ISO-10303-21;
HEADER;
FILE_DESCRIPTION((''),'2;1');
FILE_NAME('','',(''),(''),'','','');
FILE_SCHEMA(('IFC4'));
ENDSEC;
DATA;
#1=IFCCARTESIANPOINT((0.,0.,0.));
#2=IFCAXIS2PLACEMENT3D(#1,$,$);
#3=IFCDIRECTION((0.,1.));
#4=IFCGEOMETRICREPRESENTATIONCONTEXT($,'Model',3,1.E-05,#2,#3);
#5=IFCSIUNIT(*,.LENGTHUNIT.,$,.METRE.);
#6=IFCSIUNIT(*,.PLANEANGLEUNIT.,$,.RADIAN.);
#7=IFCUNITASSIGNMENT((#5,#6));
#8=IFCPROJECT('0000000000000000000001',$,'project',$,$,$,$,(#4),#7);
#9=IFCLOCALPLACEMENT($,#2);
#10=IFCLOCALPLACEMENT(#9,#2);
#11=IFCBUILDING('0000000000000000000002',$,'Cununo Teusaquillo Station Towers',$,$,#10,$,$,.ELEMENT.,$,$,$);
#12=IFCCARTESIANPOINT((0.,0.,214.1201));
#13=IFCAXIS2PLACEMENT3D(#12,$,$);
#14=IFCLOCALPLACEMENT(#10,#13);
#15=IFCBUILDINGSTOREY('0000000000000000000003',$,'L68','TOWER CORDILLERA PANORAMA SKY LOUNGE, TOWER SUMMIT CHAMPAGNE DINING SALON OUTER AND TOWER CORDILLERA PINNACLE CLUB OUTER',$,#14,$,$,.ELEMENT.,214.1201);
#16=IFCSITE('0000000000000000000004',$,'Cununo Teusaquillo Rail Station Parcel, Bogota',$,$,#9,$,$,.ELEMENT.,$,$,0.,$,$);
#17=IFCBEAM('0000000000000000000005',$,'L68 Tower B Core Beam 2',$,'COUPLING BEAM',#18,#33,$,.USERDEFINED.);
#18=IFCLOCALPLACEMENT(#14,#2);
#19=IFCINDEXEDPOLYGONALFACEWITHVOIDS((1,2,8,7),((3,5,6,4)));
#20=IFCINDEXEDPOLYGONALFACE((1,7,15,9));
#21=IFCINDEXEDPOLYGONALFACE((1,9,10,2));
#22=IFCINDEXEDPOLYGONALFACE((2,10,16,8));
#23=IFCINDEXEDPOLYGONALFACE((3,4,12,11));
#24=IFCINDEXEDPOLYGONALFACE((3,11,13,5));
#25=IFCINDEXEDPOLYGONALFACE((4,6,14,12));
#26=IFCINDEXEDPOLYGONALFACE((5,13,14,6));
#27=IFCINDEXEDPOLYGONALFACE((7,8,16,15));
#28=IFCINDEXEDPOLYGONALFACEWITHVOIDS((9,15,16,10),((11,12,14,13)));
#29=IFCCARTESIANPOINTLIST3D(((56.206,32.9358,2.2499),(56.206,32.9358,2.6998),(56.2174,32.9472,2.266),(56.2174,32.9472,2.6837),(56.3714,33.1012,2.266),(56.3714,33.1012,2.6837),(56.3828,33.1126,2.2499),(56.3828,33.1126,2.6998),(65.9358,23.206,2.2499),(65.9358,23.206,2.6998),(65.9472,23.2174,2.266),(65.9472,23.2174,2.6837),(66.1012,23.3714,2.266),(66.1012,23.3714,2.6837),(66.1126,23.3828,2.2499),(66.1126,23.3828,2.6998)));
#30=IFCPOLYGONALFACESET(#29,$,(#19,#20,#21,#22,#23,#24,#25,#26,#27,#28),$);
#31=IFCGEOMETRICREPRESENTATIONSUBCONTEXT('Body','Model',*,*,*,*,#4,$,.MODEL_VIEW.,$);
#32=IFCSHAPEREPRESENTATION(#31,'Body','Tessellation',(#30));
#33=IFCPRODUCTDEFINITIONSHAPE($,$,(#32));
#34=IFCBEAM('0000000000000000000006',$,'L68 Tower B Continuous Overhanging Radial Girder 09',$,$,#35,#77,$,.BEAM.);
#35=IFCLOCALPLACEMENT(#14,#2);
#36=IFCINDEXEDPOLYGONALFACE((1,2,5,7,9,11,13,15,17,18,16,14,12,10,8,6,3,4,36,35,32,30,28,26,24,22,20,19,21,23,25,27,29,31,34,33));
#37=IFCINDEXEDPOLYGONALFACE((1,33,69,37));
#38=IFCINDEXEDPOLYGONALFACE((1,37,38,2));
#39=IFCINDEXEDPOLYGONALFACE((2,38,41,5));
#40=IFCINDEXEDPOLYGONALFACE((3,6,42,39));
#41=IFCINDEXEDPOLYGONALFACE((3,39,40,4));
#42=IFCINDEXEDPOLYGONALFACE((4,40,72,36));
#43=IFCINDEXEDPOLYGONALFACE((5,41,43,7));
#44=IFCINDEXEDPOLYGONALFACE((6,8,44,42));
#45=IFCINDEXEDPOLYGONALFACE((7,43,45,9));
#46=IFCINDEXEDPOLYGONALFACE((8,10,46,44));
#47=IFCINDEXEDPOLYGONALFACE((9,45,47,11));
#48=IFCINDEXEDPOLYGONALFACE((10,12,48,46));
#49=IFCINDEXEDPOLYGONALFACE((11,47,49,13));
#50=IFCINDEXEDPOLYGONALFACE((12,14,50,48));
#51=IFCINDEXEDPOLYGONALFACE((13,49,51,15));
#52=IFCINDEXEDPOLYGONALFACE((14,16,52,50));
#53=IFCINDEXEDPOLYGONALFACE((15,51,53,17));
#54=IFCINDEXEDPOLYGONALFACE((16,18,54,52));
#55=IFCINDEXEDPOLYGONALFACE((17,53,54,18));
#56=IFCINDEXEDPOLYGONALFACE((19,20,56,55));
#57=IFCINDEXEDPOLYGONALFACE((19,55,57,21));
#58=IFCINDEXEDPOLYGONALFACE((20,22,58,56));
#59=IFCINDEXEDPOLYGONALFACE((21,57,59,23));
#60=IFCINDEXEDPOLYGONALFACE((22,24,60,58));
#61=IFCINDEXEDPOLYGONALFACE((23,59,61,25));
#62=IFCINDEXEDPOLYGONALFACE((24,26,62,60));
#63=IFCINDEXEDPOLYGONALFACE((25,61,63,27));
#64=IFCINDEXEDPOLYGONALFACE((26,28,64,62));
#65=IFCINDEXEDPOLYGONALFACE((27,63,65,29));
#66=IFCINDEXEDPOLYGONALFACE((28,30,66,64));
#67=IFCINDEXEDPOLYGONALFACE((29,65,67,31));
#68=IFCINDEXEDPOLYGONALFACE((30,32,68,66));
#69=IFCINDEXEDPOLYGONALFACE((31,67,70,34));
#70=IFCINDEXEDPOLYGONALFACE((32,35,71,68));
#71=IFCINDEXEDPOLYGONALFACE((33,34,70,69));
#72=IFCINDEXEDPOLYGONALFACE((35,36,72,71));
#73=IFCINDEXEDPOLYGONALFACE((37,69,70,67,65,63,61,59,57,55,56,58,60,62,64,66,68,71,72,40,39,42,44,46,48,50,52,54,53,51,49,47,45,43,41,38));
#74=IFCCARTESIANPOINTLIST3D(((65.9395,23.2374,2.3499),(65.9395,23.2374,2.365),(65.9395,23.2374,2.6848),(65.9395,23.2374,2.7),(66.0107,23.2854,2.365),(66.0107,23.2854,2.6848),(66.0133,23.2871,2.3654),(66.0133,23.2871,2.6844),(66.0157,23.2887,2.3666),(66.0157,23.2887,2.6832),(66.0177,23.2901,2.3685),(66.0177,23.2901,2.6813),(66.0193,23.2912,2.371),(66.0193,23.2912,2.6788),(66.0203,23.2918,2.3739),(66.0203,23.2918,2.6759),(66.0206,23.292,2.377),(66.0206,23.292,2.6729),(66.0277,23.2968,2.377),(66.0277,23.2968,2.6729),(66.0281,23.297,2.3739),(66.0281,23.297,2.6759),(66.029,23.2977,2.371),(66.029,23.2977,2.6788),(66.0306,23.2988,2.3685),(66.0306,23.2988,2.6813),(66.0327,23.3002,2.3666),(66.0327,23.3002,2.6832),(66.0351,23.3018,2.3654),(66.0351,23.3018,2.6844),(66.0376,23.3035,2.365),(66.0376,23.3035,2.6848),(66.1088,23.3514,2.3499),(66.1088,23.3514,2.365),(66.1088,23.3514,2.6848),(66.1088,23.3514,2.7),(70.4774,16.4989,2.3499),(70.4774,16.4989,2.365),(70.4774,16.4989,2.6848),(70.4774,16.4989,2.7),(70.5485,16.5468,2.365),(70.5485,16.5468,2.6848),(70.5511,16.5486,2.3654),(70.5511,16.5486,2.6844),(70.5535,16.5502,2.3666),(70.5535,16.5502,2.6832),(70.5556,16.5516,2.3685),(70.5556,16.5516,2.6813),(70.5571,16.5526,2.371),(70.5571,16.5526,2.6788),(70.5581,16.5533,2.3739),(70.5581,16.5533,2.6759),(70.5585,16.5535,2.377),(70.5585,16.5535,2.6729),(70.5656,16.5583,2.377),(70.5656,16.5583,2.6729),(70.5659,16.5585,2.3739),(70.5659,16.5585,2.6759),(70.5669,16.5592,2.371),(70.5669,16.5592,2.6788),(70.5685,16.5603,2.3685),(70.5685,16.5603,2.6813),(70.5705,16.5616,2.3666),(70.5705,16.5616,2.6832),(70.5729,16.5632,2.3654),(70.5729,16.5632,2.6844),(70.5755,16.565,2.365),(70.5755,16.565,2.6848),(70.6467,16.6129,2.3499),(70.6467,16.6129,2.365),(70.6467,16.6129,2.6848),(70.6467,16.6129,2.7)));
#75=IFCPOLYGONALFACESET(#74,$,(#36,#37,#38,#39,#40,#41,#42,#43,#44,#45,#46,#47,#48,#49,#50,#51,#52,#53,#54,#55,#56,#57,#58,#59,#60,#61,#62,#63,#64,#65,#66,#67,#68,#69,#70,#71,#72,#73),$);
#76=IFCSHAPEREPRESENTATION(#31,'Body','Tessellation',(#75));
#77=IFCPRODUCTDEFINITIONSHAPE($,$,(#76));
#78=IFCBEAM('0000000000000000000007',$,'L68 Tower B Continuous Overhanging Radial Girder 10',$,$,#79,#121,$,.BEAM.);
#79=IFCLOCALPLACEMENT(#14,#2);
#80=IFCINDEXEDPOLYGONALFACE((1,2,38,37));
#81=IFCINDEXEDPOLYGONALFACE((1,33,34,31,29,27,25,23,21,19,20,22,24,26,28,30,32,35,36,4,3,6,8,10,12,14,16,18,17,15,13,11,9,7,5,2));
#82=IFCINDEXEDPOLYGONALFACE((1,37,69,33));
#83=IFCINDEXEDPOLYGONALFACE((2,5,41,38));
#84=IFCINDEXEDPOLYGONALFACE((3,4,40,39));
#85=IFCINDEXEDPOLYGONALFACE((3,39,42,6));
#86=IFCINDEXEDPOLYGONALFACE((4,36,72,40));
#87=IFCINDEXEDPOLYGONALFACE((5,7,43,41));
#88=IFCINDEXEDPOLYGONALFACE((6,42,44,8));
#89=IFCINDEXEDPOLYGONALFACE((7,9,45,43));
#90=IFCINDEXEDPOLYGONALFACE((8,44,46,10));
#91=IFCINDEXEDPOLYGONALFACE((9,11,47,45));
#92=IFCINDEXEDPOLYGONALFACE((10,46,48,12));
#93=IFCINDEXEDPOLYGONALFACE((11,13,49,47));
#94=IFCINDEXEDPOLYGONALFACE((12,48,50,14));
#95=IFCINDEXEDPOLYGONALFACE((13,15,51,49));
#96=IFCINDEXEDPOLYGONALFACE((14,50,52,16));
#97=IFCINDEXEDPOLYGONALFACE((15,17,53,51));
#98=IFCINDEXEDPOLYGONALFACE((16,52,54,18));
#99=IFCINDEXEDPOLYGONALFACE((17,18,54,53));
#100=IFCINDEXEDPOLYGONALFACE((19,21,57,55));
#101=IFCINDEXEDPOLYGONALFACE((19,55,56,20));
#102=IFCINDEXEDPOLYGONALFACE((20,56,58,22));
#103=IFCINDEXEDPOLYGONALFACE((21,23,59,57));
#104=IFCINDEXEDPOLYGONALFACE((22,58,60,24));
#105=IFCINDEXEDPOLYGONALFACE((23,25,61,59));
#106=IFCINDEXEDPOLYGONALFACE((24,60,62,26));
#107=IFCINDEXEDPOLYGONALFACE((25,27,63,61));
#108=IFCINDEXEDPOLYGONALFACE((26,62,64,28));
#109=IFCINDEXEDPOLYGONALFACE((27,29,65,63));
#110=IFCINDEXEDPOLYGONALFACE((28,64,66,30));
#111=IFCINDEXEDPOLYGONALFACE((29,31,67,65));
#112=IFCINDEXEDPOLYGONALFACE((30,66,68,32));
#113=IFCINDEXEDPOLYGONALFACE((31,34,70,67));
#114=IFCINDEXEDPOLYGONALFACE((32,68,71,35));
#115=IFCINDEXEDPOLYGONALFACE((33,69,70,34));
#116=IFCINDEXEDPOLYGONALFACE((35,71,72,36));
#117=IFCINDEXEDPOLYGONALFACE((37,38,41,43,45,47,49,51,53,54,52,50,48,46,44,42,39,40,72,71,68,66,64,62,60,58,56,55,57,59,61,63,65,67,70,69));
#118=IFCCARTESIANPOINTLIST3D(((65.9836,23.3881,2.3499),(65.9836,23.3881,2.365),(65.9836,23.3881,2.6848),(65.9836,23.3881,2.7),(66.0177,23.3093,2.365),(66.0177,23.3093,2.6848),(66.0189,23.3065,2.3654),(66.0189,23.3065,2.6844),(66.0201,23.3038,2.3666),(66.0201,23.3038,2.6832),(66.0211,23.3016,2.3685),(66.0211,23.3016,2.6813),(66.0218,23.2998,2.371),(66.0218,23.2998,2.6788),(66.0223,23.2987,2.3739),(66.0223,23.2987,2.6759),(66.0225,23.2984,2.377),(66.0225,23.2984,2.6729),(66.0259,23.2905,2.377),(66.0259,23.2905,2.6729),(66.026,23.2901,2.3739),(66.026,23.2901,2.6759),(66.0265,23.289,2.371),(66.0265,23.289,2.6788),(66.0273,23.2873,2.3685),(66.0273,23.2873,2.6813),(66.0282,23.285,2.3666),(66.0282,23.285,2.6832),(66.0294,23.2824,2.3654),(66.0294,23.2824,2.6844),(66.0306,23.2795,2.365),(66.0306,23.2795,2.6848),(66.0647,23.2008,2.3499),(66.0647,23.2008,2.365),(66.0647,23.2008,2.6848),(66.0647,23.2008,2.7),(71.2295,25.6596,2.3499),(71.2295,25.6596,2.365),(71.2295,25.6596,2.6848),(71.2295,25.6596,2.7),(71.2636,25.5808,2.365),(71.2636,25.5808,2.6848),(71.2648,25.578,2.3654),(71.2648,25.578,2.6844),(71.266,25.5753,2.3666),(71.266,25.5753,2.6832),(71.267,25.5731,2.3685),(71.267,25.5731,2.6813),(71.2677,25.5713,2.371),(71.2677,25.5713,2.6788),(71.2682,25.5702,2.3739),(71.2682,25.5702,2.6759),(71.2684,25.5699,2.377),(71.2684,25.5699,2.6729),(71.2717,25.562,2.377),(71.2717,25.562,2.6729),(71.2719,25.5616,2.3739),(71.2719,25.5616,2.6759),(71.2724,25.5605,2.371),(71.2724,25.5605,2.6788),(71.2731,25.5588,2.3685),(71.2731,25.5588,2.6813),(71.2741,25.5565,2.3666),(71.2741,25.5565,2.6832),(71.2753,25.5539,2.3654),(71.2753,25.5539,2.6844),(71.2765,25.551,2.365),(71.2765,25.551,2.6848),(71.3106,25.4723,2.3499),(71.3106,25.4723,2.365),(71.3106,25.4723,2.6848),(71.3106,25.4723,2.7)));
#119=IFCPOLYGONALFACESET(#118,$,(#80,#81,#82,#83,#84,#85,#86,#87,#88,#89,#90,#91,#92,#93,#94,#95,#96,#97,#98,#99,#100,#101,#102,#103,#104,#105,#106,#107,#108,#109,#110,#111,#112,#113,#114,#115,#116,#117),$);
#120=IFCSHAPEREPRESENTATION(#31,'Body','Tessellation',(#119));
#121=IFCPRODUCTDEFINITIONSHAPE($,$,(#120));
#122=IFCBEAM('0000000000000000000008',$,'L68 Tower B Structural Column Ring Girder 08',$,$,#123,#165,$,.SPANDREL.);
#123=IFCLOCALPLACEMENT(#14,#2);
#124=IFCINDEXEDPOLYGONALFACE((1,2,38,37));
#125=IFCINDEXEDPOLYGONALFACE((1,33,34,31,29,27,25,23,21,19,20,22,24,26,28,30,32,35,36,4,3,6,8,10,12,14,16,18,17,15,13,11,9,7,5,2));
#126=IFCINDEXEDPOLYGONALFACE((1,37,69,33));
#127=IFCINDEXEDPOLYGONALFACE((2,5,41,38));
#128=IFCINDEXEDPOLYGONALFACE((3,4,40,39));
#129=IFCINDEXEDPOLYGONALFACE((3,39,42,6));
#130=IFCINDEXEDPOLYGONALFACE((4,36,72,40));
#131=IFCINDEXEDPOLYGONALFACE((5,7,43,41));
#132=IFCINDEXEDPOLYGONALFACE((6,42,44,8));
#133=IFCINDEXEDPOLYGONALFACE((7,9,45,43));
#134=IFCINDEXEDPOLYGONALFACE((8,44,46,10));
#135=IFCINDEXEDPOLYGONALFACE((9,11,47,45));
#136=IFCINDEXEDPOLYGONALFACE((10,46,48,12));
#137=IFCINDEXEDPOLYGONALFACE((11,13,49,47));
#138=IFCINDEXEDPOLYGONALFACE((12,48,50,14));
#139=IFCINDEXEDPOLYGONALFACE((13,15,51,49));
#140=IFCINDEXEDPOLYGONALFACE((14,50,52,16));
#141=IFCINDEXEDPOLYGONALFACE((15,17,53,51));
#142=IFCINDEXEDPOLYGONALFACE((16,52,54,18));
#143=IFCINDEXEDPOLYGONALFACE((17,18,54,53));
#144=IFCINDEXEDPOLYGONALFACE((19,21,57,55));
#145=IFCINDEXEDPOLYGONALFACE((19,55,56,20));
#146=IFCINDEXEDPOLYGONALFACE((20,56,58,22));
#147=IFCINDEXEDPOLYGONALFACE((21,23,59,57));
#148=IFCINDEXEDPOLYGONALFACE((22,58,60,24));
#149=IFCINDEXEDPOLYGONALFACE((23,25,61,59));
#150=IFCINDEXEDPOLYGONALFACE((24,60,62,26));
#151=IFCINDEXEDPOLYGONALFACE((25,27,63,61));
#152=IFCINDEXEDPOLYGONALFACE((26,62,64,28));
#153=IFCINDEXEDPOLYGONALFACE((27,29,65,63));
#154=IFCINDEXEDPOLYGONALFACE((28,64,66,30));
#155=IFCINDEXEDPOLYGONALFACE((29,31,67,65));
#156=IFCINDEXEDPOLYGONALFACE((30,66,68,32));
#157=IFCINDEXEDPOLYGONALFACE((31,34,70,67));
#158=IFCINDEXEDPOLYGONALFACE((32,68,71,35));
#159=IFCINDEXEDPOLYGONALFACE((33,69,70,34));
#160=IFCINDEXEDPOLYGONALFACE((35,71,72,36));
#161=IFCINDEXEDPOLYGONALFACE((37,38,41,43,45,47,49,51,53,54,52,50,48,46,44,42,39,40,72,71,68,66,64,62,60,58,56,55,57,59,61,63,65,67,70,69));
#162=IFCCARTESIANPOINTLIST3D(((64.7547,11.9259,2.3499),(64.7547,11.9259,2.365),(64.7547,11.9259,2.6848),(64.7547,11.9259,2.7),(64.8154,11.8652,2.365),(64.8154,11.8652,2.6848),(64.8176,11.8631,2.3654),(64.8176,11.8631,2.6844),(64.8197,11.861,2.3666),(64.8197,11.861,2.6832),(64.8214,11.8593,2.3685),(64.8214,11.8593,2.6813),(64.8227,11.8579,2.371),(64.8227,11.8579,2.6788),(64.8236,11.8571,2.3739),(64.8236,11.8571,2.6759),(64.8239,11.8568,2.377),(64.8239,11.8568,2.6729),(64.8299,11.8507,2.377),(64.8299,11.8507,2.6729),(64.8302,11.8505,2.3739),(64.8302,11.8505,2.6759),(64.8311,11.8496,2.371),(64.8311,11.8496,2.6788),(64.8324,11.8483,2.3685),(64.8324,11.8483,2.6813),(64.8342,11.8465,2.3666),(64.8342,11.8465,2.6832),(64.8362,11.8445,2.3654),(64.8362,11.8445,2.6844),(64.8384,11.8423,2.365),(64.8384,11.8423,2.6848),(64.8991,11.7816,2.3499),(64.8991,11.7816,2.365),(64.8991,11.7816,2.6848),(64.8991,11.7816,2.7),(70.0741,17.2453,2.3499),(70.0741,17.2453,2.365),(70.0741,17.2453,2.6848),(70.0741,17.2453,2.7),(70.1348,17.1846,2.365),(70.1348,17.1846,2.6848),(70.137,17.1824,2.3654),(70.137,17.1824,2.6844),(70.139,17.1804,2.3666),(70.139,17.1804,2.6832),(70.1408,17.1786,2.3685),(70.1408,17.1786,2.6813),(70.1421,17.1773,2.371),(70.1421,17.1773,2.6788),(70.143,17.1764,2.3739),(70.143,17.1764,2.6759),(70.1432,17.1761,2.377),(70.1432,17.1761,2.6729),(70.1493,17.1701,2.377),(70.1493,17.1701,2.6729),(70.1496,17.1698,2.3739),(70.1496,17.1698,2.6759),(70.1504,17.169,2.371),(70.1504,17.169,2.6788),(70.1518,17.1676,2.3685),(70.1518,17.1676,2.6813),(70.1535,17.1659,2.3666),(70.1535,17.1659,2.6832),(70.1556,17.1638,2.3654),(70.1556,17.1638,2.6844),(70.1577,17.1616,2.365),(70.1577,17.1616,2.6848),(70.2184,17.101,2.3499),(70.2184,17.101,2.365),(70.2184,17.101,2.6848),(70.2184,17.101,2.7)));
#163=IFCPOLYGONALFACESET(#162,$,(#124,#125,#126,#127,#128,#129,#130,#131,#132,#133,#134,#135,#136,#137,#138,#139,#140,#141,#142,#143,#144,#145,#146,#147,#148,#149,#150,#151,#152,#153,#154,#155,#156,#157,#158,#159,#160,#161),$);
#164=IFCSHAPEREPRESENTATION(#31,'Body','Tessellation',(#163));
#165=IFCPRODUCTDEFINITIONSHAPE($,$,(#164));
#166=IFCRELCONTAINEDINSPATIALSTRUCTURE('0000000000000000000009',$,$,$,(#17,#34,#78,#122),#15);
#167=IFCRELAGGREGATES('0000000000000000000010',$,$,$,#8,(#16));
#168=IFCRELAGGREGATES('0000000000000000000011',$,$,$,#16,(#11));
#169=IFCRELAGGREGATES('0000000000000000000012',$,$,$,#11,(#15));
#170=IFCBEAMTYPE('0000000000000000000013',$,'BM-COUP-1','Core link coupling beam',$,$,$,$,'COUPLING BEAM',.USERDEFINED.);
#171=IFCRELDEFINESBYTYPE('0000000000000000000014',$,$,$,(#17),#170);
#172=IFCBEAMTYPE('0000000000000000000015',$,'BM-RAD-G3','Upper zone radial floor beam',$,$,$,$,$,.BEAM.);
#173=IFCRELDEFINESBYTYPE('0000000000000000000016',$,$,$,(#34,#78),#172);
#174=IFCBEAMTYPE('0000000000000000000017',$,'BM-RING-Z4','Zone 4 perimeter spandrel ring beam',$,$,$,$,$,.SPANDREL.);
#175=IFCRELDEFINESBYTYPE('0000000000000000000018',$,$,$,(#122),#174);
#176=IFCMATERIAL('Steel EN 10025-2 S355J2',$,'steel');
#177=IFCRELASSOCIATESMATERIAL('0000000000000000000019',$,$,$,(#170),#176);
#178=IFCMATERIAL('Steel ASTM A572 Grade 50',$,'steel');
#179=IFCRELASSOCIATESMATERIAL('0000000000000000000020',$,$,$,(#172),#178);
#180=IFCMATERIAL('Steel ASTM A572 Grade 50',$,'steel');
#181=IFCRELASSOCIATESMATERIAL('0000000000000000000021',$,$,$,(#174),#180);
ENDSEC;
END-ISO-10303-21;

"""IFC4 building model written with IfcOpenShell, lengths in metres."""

from ifc_helpers import new_model, si_unit, direction, frame, origin, origin_2d, place, context, subcontext, project, spatial, hollow_rectangle, i_section, extrude, material, material_profile, profile_set, type_object, element, save


model = new_model("IFC4")

# Units and contexts
model_context = context("Model", 3, precision=1e-05, world=origin(), true_north=direction((0.0, 1.0)))
body_context = subcontext(model_context, "Body", "Model", "MODEL_VIEW")
ifc_project = project(units=[si_unit("LENGTHUNIT", "METRE"), si_unit("PLANEANGLEUNIT", "RADIAN")], contexts=[model_context])

# Site, building, storey
site_placement = place(None, origin())
site = spatial("IfcSite", under=ifc_project, at=site_placement, Name="Cununo Teusaquillo Rail Station Parcel, Bogota", CompositionType="ELEMENT", RefElevation=0.0)
building_placement = place(site_placement, origin())
building = spatial("IfcBuilding", under=site, at=building_placement, Name="Cununo Teusaquillo Station Towers", CompositionType="ELEMENT")
storey_placement = place(building_placement, frame((0.0, 0.0, 214.1201)))
storey = spatial("IfcBuildingStorey", under=building, at=storey_placement, Name="L68", Description="TOWER CORDILLERA PANORAMA SKY LOUNGE, TOWER SUMMIT CHAMPAGNE DINING SALON OUTER AND TOWER CORDILLERA PINNACLE CLUB OUTER", CompositionType="ELEMENT", Elevation=214.1201)

# Beams
ifc_material_1 = material(Name="Steel EN 10025-2 S355J2", Category="steel")
ifc_material_profile_1 = material_profile(ifc_material_1, hollow_rectangle(XDim=0.25, YDim=0.45, WallThickness=0.0161, at=origin_2d()), Name="RHS 450x250x16")
ifc_profile_set_1 = profile_set([ifc_material_profile_1], Name="Steel EN 10025-2 S355J2")
beam_type_1 = type_object("IfcBeamType", Name="BM-COUP-1", Description="Core link coupling beam", ElementType="COUPLING BEAM", PredefinedType="USERDEFINED", material=ifc_profile_set_1)
beam_1_placement = place(storey_placement, frame((66.0242, 23.2944, 2.4749), z_axis=(-0.707107, 0.707107, 0.0), x_axis=(-0.707107, -0.707107, 0.0)))
element("IfcBeam", 1, at=beam_1_placement, inside=storey, type_object=beam_type_1, Name="L68 Tower B Core Beam 2", ObjectType="COUPLING BEAM", PredefinedType="USERDEFINED", context=body_context, shape_type="SweptSolid", body=[
    extrude(hollow_rectangle(XDim=0.25, YDim=0.45, WallThickness=0.0161, at=origin_2d()), origin(), (0.0, 0.0, 1.0), 13.76),
])
ifc_material_2 = material(Name="Steel ASTM A572 Grade 50", Category="steel")
ifc_material_profile_2 = material_profile(ifc_material_2, i_section(OverallWidth=0.2041, OverallDepth=0.3501, WebThickness=0.0085, FlangeThickness=0.0151, FilletRadius=0.012, at=origin_2d()), Name="W14X48")
ifc_profile_set_2 = profile_set([ifc_material_profile_2], Name="Steel ASTM A572 Grade 50")
beam_type_2 = type_object("IfcBeamType", Name="BM-RAD-G3", Description="Upper zone radial floor beam", PredefinedType="BEAM", material=ifc_profile_set_2)
beam_2_placement = place(storey_placement, frame((66.0242, 23.2944, 2.5249), z_axis=(0.558571, -0.829457, 0.0), x_axis=(0.829457, 0.558571, 0.0)))
element("IfcBeam", 2, at=beam_2_placement, inside=storey, type_object=beam_type_2, Name="L68 Tower B Continuous Overhanging Radial Girder 09", PredefinedType="BEAM", context=body_context, shape_type="SweptSolid", body=[
    extrude(i_section(OverallWidth=0.2041, OverallDepth=0.3501, WebThickness=0.0085, FlangeThickness=0.0151, FilletRadius=0.012, at=origin_2d()), origin(), (0.0, 0.0, 1.0), 8.124),
])
beam_3_placement = place(storey_placement, frame((66.0242, 23.2944, 2.5249), z_axis=(0.917665, 0.397355, 0.0), x_axis=(-0.397355, 0.917665, 0.0)))
element("IfcBeam", 3, at=beam_3_placement, inside=storey, type_object=beam_type_2, Name="L68 Tower B Continuous Overhanging Radial Girder 10", PredefinedType="BEAM", context=body_context, shape_type="SweptSolid", body=[
    extrude(i_section(OverallWidth=0.2041, OverallDepth=0.3501, WebThickness=0.0085, FlangeThickness=0.0151, FilletRadius=0.012, at=origin_2d()), origin(), (0.0, 0.0, 1.0), 5.7166),
])
ifc_material_3 = material(Name="Steel ASTM A572 Grade 50", Category="steel")
ifc_material_profile_3 = material_profile(ifc_material_3, i_section(OverallWidth=0.2041, OverallDepth=0.3501, WebThickness=0.0085, FlangeThickness=0.0151, FilletRadius=0.012, at=origin_2d()), Name="W14X48")
ifc_profile_set_3 = profile_set([ifc_material_profile_3], Name="Steel ASTM A572 Grade 50")
beam_type_3 = type_object("IfcBeamType", Name="BM-RING-Z4", Description="Zone 4 perimeter spandrel ring beam", PredefinedType="SPANDREL", material=ifc_profile_set_3)
beam_4_placement = place(storey_placement, frame((64.8269, 11.8538, 2.5249), z_axis=(0.707107, 0.707107, 0.0), x_axis=(-0.707107, 0.707107, 0.0)))
element("IfcBeam", 4, at=beam_4_placement, inside=storey, type_object=beam_type_3, Name="L68 Tower B Structural Column Ring Girder 08", PredefinedType="SPANDREL", context=body_context, shape_type="SweptSolid", body=[
    extrude(i_section(OverallWidth=0.2041, OverallDepth=0.3501, WebThickness=0.0085, FlangeThickness=0.0151, FilletRadius=0.012, at=origin_2d()), origin(), (0.0, 0.0, 1.0), 7.5227),
])

save(model, "model.ifc")
